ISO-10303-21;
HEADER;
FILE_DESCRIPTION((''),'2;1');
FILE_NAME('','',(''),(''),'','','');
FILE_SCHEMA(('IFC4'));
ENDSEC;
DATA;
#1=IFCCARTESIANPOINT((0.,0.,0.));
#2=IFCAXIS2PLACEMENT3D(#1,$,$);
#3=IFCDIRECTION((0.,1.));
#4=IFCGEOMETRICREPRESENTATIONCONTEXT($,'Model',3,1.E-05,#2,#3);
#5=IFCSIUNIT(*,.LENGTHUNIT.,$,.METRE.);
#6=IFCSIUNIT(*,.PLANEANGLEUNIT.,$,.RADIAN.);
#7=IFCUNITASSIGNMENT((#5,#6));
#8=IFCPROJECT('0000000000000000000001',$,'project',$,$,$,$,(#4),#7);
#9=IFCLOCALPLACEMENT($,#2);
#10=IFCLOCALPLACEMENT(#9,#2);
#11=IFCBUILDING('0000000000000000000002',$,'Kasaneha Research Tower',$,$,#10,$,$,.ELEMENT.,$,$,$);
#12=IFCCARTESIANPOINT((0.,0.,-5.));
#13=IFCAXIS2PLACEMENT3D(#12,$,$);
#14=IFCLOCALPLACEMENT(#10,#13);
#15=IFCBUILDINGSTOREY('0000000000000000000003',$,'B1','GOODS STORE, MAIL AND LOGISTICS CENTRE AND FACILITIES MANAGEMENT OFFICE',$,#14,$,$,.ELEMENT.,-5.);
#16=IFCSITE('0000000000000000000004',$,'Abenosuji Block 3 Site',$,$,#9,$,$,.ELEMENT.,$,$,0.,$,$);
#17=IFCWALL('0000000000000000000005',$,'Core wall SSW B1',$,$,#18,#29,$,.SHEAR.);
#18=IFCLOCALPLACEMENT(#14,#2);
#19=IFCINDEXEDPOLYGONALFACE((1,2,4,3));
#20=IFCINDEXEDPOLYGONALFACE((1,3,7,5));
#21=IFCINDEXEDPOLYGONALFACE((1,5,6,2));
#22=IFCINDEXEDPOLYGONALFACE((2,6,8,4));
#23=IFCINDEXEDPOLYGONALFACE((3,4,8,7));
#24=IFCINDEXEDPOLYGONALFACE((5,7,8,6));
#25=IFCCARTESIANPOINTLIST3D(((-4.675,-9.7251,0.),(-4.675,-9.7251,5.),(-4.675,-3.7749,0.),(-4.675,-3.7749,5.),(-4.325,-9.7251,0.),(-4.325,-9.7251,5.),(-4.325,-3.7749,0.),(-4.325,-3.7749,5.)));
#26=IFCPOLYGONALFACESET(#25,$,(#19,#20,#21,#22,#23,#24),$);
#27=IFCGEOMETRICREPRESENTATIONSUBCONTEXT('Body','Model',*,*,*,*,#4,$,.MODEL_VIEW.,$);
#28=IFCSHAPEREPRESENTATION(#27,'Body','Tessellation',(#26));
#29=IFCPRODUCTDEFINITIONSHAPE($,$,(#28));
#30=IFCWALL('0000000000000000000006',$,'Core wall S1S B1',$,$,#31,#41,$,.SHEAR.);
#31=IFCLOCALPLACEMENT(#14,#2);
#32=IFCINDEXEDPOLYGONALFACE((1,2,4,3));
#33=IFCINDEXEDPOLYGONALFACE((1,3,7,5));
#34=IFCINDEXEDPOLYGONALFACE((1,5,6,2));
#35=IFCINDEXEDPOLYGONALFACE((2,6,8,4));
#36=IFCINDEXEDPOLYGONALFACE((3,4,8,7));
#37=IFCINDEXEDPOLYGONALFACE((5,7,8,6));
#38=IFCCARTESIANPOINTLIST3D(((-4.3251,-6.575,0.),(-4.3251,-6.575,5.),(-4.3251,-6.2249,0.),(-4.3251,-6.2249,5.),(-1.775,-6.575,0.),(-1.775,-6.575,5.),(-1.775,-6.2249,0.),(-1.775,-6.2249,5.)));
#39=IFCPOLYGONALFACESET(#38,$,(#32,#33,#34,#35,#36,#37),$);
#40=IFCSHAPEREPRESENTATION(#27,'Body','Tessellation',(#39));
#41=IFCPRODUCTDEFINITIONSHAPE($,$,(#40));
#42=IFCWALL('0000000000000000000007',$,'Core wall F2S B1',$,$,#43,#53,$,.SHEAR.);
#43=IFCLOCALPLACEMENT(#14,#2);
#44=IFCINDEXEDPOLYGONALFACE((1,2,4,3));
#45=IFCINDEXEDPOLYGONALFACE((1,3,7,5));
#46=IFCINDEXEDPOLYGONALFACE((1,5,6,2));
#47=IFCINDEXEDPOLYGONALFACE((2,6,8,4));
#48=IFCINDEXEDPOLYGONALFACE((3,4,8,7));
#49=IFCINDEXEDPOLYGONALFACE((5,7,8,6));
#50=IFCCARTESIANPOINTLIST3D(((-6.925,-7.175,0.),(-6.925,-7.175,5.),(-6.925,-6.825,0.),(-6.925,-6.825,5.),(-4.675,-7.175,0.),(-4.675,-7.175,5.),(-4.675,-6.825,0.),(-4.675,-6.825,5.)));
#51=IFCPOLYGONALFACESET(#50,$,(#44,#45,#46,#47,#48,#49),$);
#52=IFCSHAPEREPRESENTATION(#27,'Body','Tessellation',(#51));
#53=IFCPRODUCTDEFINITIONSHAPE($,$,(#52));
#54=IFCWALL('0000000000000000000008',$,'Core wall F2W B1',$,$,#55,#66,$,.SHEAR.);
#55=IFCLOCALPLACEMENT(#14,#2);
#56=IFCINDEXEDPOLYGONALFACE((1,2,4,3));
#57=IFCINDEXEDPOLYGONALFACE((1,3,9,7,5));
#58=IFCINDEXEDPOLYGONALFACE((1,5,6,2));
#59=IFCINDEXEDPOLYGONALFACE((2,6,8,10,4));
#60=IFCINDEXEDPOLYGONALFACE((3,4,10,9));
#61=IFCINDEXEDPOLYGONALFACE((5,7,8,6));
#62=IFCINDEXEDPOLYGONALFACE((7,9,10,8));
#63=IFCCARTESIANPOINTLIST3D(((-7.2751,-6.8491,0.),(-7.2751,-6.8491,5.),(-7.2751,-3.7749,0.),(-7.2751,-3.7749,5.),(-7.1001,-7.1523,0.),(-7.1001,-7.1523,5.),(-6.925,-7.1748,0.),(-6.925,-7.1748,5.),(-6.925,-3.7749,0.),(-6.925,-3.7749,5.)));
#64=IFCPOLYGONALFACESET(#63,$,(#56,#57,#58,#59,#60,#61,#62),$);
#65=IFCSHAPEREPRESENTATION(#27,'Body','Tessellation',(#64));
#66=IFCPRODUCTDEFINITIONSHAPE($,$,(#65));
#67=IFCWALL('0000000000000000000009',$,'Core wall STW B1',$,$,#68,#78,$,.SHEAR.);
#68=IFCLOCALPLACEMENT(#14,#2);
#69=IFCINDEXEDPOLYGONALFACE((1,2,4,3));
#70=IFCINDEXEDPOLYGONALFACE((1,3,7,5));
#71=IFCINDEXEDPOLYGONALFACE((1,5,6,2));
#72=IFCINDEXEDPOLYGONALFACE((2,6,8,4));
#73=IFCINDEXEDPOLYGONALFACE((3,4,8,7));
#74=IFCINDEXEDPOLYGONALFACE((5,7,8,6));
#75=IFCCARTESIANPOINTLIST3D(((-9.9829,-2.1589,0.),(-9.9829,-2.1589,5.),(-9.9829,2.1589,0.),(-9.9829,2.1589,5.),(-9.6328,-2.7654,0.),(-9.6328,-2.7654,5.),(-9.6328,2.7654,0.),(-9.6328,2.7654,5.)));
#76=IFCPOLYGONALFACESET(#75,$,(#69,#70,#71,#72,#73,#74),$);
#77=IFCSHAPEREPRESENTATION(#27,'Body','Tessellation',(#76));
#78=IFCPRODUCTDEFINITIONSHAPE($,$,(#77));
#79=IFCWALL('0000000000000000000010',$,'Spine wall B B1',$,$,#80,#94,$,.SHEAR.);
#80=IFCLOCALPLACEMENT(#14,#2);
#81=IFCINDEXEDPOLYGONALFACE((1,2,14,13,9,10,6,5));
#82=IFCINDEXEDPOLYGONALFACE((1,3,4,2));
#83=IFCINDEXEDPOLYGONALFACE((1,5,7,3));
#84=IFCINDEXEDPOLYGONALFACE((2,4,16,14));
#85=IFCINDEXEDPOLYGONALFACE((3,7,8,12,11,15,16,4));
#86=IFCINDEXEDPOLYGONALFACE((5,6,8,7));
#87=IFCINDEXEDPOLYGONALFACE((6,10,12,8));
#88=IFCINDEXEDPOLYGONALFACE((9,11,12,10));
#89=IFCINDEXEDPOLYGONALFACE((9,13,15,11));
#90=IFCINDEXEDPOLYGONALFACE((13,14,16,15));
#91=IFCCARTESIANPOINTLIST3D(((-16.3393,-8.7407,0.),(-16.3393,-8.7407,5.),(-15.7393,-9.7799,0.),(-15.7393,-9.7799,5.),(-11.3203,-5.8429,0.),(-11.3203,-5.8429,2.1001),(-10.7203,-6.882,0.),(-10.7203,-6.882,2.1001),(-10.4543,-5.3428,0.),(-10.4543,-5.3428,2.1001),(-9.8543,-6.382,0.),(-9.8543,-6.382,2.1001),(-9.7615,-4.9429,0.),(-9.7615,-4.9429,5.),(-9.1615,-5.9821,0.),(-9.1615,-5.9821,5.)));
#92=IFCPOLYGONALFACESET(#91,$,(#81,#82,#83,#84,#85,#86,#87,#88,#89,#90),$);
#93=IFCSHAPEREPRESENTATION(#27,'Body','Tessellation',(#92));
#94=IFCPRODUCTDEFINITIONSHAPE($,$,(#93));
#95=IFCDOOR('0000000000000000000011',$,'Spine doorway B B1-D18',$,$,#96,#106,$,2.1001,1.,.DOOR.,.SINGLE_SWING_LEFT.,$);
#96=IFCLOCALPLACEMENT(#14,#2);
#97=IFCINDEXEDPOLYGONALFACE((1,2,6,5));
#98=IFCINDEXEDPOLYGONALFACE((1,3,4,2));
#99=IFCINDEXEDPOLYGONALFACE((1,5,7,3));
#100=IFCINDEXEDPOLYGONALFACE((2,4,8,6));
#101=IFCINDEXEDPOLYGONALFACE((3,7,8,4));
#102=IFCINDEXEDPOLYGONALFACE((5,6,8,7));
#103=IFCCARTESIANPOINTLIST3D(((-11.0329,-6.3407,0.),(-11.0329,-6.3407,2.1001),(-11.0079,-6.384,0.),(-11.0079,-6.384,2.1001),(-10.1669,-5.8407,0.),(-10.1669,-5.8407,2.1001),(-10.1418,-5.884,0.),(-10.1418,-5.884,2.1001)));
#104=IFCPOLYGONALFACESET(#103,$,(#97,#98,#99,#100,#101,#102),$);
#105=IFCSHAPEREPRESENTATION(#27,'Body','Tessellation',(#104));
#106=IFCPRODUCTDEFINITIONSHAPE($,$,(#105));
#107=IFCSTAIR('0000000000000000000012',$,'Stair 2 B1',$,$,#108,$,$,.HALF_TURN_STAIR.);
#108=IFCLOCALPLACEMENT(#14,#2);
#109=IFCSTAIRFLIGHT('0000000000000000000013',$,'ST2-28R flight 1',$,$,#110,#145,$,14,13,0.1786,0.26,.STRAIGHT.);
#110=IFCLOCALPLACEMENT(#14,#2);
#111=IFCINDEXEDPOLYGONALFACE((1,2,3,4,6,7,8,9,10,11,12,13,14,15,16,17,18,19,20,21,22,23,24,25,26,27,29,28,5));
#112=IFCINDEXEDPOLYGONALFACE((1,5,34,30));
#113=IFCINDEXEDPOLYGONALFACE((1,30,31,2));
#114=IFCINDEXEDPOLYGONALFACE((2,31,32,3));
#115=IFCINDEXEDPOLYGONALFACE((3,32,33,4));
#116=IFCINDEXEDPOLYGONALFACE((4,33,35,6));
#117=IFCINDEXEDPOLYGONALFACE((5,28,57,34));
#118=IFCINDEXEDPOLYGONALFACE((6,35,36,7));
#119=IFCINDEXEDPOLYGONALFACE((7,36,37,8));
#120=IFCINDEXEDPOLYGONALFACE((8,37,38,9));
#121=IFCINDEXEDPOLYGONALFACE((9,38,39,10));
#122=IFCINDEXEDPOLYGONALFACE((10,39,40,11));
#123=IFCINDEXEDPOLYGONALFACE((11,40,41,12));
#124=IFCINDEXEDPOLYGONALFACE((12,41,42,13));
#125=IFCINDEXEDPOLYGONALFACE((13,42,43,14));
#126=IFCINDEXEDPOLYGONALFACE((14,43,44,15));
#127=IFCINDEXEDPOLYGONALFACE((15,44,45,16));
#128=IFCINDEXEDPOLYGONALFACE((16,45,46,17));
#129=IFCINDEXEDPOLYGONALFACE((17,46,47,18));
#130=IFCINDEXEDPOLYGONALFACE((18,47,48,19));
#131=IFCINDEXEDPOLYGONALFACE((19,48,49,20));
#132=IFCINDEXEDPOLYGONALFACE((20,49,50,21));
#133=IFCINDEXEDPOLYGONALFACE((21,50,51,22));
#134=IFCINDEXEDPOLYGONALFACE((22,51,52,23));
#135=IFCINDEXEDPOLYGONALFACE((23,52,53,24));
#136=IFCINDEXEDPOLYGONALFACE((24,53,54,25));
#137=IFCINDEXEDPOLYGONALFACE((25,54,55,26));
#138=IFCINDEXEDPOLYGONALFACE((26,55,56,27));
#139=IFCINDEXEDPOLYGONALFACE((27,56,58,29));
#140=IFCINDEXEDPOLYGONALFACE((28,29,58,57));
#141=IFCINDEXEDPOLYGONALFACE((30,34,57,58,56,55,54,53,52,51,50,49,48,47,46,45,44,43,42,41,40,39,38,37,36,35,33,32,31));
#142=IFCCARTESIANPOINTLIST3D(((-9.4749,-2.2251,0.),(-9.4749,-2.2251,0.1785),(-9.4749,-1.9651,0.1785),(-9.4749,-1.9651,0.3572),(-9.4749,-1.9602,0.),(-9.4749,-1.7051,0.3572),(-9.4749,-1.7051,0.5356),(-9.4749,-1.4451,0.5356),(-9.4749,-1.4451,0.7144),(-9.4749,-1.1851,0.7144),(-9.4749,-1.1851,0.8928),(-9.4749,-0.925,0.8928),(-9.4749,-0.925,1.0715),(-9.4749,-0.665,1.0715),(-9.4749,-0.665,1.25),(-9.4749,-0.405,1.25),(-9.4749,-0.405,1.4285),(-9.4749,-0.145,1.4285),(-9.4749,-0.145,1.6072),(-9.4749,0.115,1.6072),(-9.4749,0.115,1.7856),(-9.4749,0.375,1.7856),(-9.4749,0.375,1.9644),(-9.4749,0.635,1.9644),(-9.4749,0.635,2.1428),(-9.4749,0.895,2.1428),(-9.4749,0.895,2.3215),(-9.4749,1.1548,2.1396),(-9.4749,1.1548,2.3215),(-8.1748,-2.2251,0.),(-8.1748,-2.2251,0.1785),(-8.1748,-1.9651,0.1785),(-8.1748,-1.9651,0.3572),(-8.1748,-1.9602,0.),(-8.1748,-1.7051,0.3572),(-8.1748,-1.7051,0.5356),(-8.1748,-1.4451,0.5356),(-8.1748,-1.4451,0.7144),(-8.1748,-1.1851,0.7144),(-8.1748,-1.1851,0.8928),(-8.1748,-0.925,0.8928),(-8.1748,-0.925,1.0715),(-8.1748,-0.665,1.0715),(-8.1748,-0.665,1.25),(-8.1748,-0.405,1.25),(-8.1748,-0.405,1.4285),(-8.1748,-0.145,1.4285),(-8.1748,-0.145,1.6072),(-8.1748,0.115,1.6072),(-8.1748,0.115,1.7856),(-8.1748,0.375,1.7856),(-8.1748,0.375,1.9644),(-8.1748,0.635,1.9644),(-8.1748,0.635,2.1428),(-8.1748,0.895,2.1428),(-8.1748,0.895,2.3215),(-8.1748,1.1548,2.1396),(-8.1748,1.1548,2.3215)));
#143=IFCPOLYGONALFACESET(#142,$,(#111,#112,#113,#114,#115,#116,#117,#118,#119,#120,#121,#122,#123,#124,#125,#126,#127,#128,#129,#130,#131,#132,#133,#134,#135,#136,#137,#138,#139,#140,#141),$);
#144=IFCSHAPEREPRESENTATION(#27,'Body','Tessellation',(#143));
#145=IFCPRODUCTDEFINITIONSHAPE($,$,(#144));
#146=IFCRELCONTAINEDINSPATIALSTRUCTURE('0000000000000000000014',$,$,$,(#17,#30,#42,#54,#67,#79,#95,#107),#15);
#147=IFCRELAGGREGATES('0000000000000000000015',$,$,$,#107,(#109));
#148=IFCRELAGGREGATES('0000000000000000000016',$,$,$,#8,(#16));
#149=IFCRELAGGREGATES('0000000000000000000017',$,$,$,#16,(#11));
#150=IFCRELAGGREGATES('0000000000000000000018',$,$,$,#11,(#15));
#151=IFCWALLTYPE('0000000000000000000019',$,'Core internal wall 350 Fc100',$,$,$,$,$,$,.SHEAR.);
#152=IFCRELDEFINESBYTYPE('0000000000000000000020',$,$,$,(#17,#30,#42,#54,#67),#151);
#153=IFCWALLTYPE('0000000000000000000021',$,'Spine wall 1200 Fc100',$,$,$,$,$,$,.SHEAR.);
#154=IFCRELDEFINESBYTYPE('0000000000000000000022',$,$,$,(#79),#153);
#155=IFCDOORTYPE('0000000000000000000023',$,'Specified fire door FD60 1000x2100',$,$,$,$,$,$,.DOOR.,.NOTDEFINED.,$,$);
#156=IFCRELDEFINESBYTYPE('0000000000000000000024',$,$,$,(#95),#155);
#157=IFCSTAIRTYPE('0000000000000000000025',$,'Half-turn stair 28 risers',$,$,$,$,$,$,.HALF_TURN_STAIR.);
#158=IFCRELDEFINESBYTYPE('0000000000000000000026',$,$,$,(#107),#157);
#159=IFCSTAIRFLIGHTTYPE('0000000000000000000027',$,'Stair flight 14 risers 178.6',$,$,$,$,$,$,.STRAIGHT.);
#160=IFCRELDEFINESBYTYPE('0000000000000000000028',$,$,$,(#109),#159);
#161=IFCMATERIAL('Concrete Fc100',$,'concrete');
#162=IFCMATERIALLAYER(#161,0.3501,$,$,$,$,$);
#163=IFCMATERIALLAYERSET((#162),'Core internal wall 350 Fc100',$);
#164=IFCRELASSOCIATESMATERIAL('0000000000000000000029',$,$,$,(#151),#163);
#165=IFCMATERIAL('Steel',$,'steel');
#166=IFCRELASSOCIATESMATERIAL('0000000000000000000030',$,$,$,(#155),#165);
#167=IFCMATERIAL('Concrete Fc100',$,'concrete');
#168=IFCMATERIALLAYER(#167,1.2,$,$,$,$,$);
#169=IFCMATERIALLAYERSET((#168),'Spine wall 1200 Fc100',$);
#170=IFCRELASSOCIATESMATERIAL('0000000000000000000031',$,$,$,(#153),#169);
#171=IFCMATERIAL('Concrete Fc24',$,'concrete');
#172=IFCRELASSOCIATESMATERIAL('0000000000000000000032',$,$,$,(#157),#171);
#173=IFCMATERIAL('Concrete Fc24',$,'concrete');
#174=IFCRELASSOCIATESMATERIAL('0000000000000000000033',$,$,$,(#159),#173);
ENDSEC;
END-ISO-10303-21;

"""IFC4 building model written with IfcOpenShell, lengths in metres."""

from ifc_helpers import new_model, si_unit, direction, frame, frame_2d, origin, place, context, subcontext, project, spatial, polyline, rectangle, outline, extrude, material, layer, layer_set, type_object, element, fill, aggregate, save


model = new_model("IFC4")

# Units and contexts
model_context = context("Model", 3, precision=1e-05, world=origin(), true_north=direction((0.0, 1.0)))
body_context = subcontext(model_context, "Body", "Model", "MODEL_VIEW")
ifc_project = project(units=[si_unit("LENGTHUNIT", "METRE"), si_unit("PLANEANGLEUNIT", "RADIAN")], contexts=[model_context])

# Site, building, storey
site_placement = place(None, origin())
site = spatial("IfcSite", under=ifc_project, at=site_placement, Name="Abenosuji Block 3 Site", CompositionType="ELEMENT", RefElevation=0.0)
building_placement = place(site_placement, origin())
building = spatial("IfcBuilding", under=site, at=building_placement, Name="Kasaneha Research Tower", CompositionType="ELEMENT")
storey_placement = place(building_placement, frame((0.0, 0.0, -5.0)))
storey = spatial("IfcBuildingStorey", under=building, at=storey_placement, Name="B1", Description="GOODS STORE, MAIL AND LOGISTICS CENTRE AND FACILITIES MANAGEMENT OFFICE", CompositionType="ELEMENT", Elevation=-5.0)

# Shared definitions
ifc_material_1 = material(Name="Concrete Fc100", Category="concrete")
ifc_layer_1 = layer(ifc_material_1, 0.3501)
ifc_layer_set_1 = layer_set([ifc_layer_1], Name="Core internal wall 350 Fc100")
wall_type_1 = type_object("IfcWallType", Name="Core internal wall 350 Fc100", PredefinedType="SHEAR", material=ifc_layer_set_1)
ifc_material_2 = material(Name="Steel", Category="steel")
door_type_1 = type_object("IfcDoorType", Name="Specified fire door FD60 1000x2100", OperationType="NOTDEFINED", PredefinedType="DOOR", material=ifc_material_2)

# Walls
wall_1_placement = place(storey_placement, frame((-4.5, -3.7749, 0.0), z_axis=(0.0, 0.0, 1.0), x_axis=(0.0, -1.0, 0.0)))
element("IfcWall", 1, at=wall_1_placement, inside=storey, type_object=wall_type_1, Name="Core wall SSW B1", PredefinedType="SHEAR", context=body_context, shape_type="SweptSolid", body=[
    extrude(rectangle(XDim=5.9502, YDim=0.3501, at=frame_2d((2.9751, 0.0))), origin(), (0.0, 0.0, 1.0), 5.0),
])
wall_2_placement = place(storey_placement, frame((-4.325, -6.3999, 0.0), z_axis=(0.0, 0.0, 1.0), x_axis=(1.0, 0.0, 0.0)))
element("IfcWall", 2, at=wall_2_placement, inside=storey, type_object=wall_type_1, Name="Core wall S1S B1", PredefinedType="SHEAR", context=body_context, shape_type="SweptSolid", body=[
    extrude(rectangle(XDim=2.55, YDim=0.3501, at=frame_2d((1.2749, 0.0))), origin(), (0.0, 0.0, 1.0), 5.0),
])
wall_3_placement = place(storey_placement, frame((-6.925, -7.0, 0.0), z_axis=(0.0, 0.0, 1.0), x_axis=(1.0, 0.0, 0.0)))
element("IfcWall", 3, at=wall_3_placement, inside=storey, type_object=wall_type_1, Name="Core wall F2S B1", PredefinedType="SHEAR", context=body_context, shape_type="SweptSolid", body=[
    extrude(rectangle(XDim=2.25, YDim=0.3501, at=frame_2d((1.125, 0.0))), origin(), (0.0, 0.0, 1.0), 5.0),
])
wall_4_placement = place(storey_placement, frame((-7.1001, -3.7749, 0.0), z_axis=(0.0, 0.0, 1.0), x_axis=(0.0, -1.0, 0.0)))
element("IfcWall", 4, at=wall_4_placement, inside=storey, type_object=wall_type_1, Name="Core wall F2W B1", PredefinedType="SHEAR", context=body_context, shape_type="SweptSolid", body=[
    extrude(outline(polyline([(0.0, -0.175), (3.0742, -0.175), (3.3774, 0.0), (3.3999, 0.175), (0.0, 0.175), (0.0, -0.175)])), origin(), (0.0, 0.0, 1.0), 5.0),
])
wall_5_placement = place(storey_placement, frame((-9.8079, -2.4622, 0.0), z_axis=(0.0, 0.0, 1.0), x_axis=(0.0, 1.0, 0.0)))
element("IfcWall", 5, at=wall_5_placement, inside=storey, type_object=wall_type_1, Name="Core wall STW B1", PredefinedType="SHEAR", context=body_context, shape_type="SweptSolid", body=[
    extrude(outline(polyline([(-0.3032, -0.175), (5.2275, -0.175), (4.6211, 0.175), (0.3032, 0.175), (-0.3032, -0.175)])), origin(), (0.0, 0.0, 1.0), 5.0),
])

# Wall, opening, door
ifc_material_3 = material(Name="Concrete Fc100", Category="concrete")
ifc_layer_2 = layer(ifc_material_3, 1.2)
ifc_layer_set_2 = layer_set([ifc_layer_2], Name="Spine wall 1200 Fc100")
wall_type_2 = type_object("IfcWallType", Name="Spine wall 1200 Fc100", PredefinedType="SHEAR", material=ifc_layer_set_2)
wall_6_placement = place(storey_placement, frame((-9.4614, -5.4624, 0.0), z_axis=(0.0, 0.0, 1.0), x_axis=(-0.866019, -0.500011, 0.0)))
wall_6 = element("IfcWall", 6, at=wall_6_placement, inside=storey, type_object=wall_type_2, Name="Spine wall B B1", PredefinedType="SHEAR", context=body_context, shape_type="SweptSolid", body=[
    extrude(rectangle(XDim=7.5955, YDim=1.2, at=frame_2d((3.7979, 0.0))), origin(), (0.0, 0.0, 1.0), 5.0),
])
opening_1_placement = place(wall_6_placement, frame((0.8, 0.0, 0.0)))
opening_1 = element("IfcOpeningElement", 7, at=opening_1_placement, cuts=wall_6, PredefinedType="OPENING", context=body_context, shape_type="SweptSolid", body=[
    extrude(rectangle(XDim=1.0, YDim=2.1001, at=frame_2d((0.5, 1.05))), frame((0.0, 0.6099, 0.0), z_axis=(0.0, -1.0, 0.0), x_axis=(1.0, 0.0, 0.0)), (0.0, 0.0, 1.0), 1.22),
])
door_1_placement = place(opening_1_placement, origin())
door_1 = element("IfcDoor", 8, at=door_1_placement, inside=storey, type_object=door_type_1, Name="Spine doorway B B1-D18", OperationType="SINGLE_SWING_LEFT", OverallHeight=2.1001, OverallWidth=1.0, PredefinedType="DOOR", context=body_context, shape_type="SweptSolid", body=[
    extrude(rectangle(XDim=1.0, YDim=2.1001, at=frame_2d((0.5, 1.05))), frame((0.0, 0.0249, 0.0), z_axis=(0.0, -1.0, 0.0), x_axis=(1.0, 0.0, 0.0)), (0.0, 0.0, 1.0), 0.05),
])
fill(opening_1, door_1)

# Stair, stair flight
ifc_material_4 = material(Name="Concrete Fc24", Category="concrete")
stair_type = type_object("IfcStairType", Name="Half-turn stair 28 risers", PredefinedType="HALF_TURN_STAIR", material=ifc_material_4)
stair_placement = place(storey_placement, origin())
stair = element("IfcStair", 9, at=stair_placement, inside=storey, type_object=stair_type, Name="Stair 2 B1", PredefinedType="HALF_TURN_STAIR")
ifc_material_5 = material(Name="Concrete Fc24", Category="concrete")
stair_flight_type = type_object("IfcStairFlightType", Name="Stair flight 14 risers 178.6", PredefinedType="STRAIGHT", material=ifc_material_5)
stair_flight_placement = place(storey_placement, frame((-8.825, -2.2251, 0.0), z_axis=(0.0, 0.0, 1.0), x_axis=(0.0, 1.0, 0.0)))
stair_flight = element("IfcStairFlight", 10, at=stair_flight_placement, type_object=stair_flight_type, Name="ST2-28R flight 1", NumberOfRisers=14, NumberOfTreads=13, PredefinedType="STRAIGHT", RiserHeight=0.1786, TreadLength=0.26, context=body_context, shape_type="SweptSolid", body=[
    extrude(outline(polyline([(0.0, 0.0), (0.0, 0.1785), (0.26, 0.1785), (0.26, 0.3572), (0.52, 0.3572), (0.52, 0.5356), (0.78, 0.5356), (0.78, 0.7144), (1.04, 0.7144), (1.04, 0.8928), (1.3, 0.8928), (1.3, 1.0715), (1.5601, 1.0715), (1.5601, 1.25), (1.8201, 1.25), (1.8201, 1.4285), (2.0801, 1.4285), (2.0801, 1.6072), (2.3401, 1.6072), (2.3401, 1.7856), (2.6001, 1.7856), (2.6001, 1.9644), (2.8601, 1.9644), (2.8601, 2.1428), (3.1201, 2.1428), (3.1201, 2.3215), (3.3799, 2.3215), (3.3799, 2.5), (3.3799, 2.1396), (0.2649, 0.0), (0.0, 0.0)])), frame((0.0, 0.6499, 0.0), z_axis=(0.0, -1.0, 0.0), x_axis=(1.0, 0.0, 0.0)), (0.0, 0.0, 1.0), 1.3),
])
aggregate(stair, [stair_flight])

save(model, "model.ifc")
